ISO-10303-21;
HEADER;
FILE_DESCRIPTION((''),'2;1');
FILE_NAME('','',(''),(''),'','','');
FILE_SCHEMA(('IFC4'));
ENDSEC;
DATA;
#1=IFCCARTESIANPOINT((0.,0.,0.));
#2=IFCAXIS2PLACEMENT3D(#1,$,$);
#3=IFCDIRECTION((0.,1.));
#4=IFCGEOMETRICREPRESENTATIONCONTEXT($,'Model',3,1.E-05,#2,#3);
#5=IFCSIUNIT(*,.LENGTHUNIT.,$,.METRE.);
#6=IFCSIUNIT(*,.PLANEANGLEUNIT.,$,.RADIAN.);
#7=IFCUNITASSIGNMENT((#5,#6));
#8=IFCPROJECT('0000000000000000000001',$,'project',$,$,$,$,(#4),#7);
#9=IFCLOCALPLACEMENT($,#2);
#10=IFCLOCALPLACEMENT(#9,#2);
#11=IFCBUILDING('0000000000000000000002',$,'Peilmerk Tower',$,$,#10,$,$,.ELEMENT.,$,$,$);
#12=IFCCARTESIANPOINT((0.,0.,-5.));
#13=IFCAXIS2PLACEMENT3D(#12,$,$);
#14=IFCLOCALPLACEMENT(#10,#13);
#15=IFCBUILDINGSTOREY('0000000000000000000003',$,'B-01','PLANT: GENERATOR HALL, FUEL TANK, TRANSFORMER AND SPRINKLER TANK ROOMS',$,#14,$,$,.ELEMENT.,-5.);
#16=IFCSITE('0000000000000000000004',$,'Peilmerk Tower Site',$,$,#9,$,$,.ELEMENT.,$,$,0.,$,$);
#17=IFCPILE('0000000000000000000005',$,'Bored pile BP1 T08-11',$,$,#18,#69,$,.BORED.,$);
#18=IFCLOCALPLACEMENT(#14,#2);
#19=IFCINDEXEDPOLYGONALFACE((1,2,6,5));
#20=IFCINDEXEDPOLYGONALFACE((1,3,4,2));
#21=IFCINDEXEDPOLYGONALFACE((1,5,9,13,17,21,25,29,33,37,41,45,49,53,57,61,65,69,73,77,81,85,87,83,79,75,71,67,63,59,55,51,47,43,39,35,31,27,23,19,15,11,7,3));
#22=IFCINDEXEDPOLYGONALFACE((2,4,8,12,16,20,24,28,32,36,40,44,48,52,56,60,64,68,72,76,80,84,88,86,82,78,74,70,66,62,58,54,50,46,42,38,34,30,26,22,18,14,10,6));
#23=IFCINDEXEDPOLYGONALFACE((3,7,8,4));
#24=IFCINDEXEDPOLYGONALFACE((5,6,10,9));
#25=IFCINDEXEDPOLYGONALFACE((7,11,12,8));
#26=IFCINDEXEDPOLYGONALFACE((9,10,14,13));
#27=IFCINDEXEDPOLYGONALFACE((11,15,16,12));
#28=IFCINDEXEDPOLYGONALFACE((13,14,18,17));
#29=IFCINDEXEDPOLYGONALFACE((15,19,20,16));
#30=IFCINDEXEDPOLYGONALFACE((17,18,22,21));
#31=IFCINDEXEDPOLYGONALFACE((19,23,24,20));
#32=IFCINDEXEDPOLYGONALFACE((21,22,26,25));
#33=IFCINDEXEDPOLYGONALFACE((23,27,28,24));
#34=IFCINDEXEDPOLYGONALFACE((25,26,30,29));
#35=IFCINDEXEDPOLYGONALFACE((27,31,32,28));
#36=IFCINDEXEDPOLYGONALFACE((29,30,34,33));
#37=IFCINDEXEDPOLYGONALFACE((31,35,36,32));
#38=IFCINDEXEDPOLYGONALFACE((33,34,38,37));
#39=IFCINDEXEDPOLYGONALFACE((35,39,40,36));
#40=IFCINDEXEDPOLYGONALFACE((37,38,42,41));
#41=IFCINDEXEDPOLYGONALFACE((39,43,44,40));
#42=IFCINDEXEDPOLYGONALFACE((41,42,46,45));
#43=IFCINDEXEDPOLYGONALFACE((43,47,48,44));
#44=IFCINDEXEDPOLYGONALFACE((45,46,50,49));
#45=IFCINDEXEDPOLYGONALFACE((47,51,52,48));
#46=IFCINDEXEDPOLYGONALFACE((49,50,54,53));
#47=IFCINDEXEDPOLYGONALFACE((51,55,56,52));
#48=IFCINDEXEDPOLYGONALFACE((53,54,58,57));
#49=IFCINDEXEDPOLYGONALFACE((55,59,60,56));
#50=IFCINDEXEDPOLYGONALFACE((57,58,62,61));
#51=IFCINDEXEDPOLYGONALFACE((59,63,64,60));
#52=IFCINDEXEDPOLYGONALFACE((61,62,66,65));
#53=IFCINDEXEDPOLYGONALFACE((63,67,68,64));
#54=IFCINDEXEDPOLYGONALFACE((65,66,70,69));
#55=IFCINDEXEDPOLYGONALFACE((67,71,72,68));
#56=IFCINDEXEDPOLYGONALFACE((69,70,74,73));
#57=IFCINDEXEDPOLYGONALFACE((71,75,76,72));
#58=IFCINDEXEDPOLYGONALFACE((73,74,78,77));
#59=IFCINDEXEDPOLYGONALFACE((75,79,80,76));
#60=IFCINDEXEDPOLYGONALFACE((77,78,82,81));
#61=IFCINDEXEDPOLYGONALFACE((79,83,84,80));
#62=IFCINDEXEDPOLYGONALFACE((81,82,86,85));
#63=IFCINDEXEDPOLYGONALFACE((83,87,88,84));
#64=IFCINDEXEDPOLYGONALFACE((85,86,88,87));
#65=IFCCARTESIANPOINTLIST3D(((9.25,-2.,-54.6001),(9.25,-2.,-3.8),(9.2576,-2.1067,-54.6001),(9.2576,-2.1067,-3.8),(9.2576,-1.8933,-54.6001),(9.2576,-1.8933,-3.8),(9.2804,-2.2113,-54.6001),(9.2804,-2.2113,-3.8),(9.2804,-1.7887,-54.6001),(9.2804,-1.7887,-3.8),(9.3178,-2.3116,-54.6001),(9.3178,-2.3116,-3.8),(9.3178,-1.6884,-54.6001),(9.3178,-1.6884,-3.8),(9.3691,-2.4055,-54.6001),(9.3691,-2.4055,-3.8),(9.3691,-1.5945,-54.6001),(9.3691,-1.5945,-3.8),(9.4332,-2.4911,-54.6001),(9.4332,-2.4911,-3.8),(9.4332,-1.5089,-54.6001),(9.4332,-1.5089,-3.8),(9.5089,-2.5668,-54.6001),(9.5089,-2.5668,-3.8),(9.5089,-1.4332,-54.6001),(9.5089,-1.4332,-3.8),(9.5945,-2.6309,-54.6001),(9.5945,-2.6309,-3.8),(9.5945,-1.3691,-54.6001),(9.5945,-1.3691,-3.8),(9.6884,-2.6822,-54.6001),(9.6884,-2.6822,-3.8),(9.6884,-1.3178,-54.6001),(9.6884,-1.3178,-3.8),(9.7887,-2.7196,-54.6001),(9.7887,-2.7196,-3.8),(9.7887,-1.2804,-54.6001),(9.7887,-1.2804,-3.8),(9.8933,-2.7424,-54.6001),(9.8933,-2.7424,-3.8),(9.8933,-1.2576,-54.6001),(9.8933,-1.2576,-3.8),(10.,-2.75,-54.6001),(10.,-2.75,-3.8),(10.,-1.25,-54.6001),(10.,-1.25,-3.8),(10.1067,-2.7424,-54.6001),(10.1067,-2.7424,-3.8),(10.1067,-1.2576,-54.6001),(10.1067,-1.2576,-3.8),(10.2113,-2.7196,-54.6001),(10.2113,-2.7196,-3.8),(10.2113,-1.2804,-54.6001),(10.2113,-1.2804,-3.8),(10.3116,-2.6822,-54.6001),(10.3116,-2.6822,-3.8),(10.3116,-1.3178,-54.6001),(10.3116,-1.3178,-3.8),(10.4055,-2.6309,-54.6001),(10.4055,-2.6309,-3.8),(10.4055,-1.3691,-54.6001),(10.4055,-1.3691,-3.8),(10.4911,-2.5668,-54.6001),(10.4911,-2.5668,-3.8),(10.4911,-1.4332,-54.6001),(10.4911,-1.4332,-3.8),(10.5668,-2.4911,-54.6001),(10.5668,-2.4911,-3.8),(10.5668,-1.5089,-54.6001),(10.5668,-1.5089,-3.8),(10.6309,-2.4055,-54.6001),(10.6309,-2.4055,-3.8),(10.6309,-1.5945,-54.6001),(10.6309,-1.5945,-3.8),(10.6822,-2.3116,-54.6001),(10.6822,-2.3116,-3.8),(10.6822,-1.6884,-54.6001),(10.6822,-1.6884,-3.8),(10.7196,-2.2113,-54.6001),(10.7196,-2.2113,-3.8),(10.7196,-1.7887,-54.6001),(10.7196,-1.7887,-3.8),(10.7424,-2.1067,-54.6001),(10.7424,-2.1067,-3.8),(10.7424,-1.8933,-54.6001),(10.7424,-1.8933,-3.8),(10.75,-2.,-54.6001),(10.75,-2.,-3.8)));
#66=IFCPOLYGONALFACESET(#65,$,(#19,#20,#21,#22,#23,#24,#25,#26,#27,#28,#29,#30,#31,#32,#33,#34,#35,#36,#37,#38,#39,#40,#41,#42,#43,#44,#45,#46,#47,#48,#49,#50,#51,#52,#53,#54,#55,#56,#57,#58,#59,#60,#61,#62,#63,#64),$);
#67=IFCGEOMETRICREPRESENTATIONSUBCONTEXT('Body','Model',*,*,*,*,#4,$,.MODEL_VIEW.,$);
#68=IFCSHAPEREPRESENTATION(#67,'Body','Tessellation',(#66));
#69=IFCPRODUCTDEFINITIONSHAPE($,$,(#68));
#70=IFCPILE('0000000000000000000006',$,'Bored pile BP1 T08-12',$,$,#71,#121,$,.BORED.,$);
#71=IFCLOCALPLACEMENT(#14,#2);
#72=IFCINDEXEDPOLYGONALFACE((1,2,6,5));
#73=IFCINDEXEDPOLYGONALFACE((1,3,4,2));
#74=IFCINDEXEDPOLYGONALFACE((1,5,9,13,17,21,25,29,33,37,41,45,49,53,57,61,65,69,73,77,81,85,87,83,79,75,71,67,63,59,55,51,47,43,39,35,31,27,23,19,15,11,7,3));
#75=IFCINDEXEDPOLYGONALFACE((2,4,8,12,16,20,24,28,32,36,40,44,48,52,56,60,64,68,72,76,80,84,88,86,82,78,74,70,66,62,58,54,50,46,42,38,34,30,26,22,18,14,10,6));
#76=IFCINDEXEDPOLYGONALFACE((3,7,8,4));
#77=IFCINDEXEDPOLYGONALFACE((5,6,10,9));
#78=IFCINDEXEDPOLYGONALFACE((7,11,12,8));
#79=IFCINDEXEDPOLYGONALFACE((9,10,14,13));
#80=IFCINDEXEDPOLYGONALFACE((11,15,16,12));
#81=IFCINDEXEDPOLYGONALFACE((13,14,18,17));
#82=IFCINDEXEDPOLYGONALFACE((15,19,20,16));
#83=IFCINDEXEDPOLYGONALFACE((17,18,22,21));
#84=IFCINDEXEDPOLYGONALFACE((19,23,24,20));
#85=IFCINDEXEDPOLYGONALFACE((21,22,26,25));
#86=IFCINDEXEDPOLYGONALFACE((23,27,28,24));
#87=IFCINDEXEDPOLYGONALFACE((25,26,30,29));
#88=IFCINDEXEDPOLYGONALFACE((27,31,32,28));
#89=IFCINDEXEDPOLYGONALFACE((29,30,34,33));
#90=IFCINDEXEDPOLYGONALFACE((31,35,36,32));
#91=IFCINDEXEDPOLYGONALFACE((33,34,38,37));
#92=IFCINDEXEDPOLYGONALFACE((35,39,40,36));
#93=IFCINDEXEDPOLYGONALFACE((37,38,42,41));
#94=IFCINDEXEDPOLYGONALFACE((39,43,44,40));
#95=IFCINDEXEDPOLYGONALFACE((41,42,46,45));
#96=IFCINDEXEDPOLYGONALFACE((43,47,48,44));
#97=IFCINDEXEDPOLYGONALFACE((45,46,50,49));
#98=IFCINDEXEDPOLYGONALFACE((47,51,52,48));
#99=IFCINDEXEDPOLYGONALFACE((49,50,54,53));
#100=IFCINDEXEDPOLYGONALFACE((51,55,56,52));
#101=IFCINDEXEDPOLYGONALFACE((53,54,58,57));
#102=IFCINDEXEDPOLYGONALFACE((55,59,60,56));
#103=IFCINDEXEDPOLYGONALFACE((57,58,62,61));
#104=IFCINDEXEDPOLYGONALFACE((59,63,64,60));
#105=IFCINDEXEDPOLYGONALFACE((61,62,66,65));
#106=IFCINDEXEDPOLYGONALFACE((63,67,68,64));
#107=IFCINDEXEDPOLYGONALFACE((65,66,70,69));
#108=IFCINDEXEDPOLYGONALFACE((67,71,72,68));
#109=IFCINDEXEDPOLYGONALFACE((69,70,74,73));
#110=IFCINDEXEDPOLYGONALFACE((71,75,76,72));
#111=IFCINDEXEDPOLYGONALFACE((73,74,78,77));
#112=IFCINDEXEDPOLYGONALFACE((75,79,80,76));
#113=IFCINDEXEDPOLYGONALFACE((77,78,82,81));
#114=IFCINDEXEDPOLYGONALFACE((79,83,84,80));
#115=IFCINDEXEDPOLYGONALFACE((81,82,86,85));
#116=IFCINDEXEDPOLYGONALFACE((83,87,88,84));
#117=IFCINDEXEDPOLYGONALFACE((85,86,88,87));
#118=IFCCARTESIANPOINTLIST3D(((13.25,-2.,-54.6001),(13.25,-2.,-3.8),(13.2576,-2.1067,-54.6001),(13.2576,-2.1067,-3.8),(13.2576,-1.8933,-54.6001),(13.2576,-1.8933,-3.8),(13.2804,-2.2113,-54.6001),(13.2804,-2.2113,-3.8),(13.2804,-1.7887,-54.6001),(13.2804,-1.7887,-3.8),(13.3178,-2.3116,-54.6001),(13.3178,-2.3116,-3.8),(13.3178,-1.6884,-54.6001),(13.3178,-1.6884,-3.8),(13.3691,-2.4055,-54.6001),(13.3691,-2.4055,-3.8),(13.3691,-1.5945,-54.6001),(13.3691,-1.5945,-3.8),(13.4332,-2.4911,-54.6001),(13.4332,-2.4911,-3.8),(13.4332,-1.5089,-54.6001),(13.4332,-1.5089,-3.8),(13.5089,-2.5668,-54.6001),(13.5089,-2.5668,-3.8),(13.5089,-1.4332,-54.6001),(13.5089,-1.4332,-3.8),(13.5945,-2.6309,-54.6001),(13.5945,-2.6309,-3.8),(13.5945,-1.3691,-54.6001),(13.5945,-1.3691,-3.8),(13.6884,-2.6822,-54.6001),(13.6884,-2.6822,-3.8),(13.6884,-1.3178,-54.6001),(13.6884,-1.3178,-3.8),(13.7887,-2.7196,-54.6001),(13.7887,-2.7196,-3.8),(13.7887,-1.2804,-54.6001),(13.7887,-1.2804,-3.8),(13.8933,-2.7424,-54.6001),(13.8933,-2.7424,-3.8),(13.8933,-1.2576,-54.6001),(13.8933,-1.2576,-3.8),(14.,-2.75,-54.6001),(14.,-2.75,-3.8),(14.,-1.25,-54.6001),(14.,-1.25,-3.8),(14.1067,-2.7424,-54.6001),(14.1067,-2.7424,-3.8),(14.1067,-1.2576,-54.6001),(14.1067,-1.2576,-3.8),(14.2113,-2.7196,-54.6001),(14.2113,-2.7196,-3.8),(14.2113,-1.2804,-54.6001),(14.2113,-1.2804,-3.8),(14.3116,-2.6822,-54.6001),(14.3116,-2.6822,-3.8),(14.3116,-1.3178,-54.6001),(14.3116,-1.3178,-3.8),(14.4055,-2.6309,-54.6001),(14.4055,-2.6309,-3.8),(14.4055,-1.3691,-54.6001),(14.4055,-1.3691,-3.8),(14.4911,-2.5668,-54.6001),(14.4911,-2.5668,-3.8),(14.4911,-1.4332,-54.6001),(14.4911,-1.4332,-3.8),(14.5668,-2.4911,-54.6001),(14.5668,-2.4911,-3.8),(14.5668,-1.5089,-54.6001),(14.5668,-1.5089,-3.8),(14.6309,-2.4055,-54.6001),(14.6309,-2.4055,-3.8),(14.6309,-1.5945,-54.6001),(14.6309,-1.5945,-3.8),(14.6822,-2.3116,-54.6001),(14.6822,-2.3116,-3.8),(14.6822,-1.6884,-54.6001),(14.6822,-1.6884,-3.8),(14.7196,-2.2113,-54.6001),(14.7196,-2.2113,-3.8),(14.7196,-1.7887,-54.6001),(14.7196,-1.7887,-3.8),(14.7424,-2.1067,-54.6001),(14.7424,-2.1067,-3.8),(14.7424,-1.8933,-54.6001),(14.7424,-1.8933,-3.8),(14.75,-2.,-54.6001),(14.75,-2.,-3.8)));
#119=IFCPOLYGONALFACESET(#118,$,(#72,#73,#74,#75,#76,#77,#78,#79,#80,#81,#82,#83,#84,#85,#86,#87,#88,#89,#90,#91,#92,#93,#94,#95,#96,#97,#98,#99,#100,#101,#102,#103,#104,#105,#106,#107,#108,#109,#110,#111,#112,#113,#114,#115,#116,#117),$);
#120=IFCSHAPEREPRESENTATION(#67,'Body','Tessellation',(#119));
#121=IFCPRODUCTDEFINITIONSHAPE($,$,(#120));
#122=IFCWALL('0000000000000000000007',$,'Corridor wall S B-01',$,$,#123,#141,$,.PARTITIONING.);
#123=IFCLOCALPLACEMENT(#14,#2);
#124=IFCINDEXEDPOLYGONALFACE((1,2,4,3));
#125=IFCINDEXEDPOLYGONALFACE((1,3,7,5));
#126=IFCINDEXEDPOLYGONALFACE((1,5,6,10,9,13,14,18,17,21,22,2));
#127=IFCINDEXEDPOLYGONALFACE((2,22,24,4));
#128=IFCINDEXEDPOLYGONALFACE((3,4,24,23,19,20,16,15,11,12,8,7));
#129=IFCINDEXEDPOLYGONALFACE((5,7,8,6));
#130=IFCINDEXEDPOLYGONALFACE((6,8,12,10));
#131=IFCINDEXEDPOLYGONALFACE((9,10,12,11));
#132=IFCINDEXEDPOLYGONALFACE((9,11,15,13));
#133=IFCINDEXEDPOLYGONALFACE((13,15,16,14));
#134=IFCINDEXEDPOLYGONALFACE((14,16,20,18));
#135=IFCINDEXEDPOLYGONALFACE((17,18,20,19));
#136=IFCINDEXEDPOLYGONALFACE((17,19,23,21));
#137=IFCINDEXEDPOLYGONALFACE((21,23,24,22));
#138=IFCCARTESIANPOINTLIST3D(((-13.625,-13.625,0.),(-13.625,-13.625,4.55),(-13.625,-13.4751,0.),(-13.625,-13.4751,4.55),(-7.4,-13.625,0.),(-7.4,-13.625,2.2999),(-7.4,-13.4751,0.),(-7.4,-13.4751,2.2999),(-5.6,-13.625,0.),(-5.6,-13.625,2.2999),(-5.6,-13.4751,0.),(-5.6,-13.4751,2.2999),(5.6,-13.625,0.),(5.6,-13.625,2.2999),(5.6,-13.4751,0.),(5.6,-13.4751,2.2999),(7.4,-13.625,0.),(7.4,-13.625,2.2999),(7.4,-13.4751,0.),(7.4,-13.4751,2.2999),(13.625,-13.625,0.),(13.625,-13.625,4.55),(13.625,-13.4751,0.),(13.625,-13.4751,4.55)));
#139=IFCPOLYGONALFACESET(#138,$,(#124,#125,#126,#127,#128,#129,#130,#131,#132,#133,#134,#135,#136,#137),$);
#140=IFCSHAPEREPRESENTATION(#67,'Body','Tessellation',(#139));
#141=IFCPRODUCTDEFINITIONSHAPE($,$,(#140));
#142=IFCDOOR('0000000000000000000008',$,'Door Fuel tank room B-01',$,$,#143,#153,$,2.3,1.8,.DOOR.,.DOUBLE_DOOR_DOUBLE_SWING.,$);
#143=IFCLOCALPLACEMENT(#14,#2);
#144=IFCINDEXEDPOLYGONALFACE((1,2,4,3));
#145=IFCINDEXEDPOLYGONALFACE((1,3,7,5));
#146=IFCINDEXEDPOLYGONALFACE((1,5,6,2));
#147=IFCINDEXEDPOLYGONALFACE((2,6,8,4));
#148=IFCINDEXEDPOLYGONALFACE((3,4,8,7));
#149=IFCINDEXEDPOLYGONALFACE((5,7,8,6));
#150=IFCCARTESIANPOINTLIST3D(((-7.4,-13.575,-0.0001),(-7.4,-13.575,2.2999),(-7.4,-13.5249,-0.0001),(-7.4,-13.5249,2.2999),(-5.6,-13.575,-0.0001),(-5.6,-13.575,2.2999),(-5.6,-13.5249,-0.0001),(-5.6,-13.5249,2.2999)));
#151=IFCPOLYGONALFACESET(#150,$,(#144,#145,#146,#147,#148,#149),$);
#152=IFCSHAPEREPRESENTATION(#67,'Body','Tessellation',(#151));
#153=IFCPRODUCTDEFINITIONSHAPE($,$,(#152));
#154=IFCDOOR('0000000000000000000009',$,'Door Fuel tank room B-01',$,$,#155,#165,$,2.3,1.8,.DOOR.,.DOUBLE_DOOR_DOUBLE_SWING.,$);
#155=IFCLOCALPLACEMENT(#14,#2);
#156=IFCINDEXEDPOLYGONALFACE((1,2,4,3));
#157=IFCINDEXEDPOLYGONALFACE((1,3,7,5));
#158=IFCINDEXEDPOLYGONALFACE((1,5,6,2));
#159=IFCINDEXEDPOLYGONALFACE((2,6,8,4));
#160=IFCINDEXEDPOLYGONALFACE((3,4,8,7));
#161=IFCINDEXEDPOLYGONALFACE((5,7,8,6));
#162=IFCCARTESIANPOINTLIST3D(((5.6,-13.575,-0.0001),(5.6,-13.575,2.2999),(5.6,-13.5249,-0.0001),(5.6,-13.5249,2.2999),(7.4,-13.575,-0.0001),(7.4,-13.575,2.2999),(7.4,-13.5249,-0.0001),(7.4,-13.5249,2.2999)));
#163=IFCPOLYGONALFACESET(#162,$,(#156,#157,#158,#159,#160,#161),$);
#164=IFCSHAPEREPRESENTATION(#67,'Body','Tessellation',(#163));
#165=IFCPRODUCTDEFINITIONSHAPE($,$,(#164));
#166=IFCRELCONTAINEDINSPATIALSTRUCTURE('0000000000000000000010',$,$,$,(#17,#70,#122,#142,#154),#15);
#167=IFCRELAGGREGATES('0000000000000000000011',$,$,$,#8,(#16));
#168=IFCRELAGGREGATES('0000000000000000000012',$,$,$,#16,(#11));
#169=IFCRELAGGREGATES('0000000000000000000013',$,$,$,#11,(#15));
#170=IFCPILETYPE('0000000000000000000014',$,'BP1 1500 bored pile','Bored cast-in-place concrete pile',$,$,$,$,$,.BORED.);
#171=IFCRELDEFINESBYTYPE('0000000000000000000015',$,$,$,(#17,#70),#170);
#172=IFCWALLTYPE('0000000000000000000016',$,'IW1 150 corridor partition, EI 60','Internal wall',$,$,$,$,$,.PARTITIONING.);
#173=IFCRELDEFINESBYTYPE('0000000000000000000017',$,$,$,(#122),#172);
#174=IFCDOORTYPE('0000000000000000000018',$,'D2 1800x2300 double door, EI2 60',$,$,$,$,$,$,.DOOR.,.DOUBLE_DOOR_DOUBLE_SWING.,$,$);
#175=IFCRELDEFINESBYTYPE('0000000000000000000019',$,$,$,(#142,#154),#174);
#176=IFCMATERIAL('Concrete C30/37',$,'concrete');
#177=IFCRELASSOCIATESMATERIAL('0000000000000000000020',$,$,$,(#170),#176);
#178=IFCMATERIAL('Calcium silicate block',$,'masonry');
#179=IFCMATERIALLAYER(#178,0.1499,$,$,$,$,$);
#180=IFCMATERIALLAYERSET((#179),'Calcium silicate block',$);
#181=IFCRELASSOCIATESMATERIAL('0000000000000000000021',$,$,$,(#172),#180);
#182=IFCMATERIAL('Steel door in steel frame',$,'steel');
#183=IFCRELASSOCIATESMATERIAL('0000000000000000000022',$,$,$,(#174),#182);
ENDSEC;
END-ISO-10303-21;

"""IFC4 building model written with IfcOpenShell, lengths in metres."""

from ifc_helpers import new_model, si_unit, direction, frame, frame_2d, origin, origin_2d, place, context, subcontext, project, spatial, rectangle, circle, extrude, material, layer, layer_set, material_profile, profile_set, type_object, element, fill, save


model = new_model("IFC4")

# Units and contexts
model_context = context("Model", 3, precision=1e-05, world=origin(), true_north=direction((0.0, 1.0)))
body_context = subcontext(model_context, "Body", "Model", "MODEL_VIEW")
ifc_project = project(units=[si_unit("LENGTHUNIT", "METRE"), si_unit("PLANEANGLEUNIT", "RADIAN")], contexts=[model_context])

# Site, building, storey
site_placement = place(None, origin())
site = spatial("IfcSite", under=ifc_project, at=site_placement, Name="Peilmerk Tower Site", CompositionType="ELEMENT", RefElevation=0.0)
building_placement = place(site_placement, origin())
building = spatial("IfcBuilding", under=site, at=building_placement, Name="Peilmerk Tower", CompositionType="ELEMENT")
storey_placement = place(building_placement, frame((0.0, 0.0, -5.0)))
storey = spatial("IfcBuildingStorey", under=building, at=storey_placement, Name="B-01", Description="PLANT: GENERATOR HALL, FUEL TANK, TRANSFORMER AND SPRINKLER TANK ROOMS", CompositionType="ELEMENT", Elevation=-5.0)

# Piles
ifc_material_1 = material(Name="Concrete C30/37", Category="concrete")
ifc_material_profile = material_profile(ifc_material_1, circle(Radius=0.75, at=origin_2d()), Name="BP 1500")
ifc_profile_set = profile_set([ifc_material_profile], Name="Concrete C30/37")
pile_type = type_object("IfcPileType", Name="BP1 1500 bored pile", Description="Bored cast-in-place concrete pile", PredefinedType="BORED", material=ifc_profile_set)
for number, where, z_axis, x_axis, name in (
    (1, (10.0, -2.0, -3.8), (0.0, 0.0, -1.0), (1.0, 0.0, 0.0), "Bored pile BP1 T08-11"),
    (2, (14.0, -2.0, -3.8), (0.0, 0.0, -1.0), (1.0, 0.0, 0.0), "Bored pile BP1 T08-12"),
):
    element("IfcPile", number, at=place(storey_placement, frame(where, z_axis=z_axis, x_axis=x_axis)), inside=storey, type_object=pile_type, Name=name, PredefinedType="BORED", context=body_context, shape_type="SweptSolid", body=[
        extrude(circle(Radius=0.75, at=origin_2d()), origin(), (0.0, 0.0, 1.0), 50.8),
    ])

# Wall, openings, doors
ifc_material_2 = material(Name="Calcium silicate block", Category="masonry")
ifc_layer_1 = layer(ifc_material_2, 0.1499)
ifc_layer_set_1 = layer_set([ifc_layer_1], Name="Calcium silicate block")
wall_type_1 = type_object("IfcWallType", Name="IW1 150 corridor partition, EI 60", Description="Internal wall", PredefinedType="PARTITIONING", material=ifc_layer_set_1)
wall_1_placement = place(storey_placement, frame((13.625, -13.55, 0.0), z_axis=(0.0, 0.0, 1.0), x_axis=(-1.0, 0.0, 0.0)))
wall_1 = element("IfcWall", 3, at=wall_1_placement, inside=storey, type_object=wall_type_1, Name="Corridor wall S B-01", PredefinedType="PARTITIONING", context=body_context, shape_type="SweptSolid", body=[
    extrude(rectangle(XDim=27.25, YDim=0.1499, at=frame_2d((13.625, 0.0))), origin(), (0.0, 0.0, 1.0), 4.55),
])
opening_1_placement = place(wall_1_placement, frame((19.2251, 0.0, 0.0)))
opening_1 = element("IfcOpeningElement", 4, at=opening_1_placement, cuts=wall_1, PredefinedType="OPENING", context=body_context, shape_type="SweptSolid", body=[
    extrude(rectangle(XDim=1.8, YDim=2.3, at=frame_2d((0.8999, 1.1499))), frame((0.0, 0.085, 0.0), z_axis=(0.0, -1.0, 0.0), x_axis=(1.0, 0.0, 0.0)), (0.0, 0.0, 1.0), 0.1699),
])
opening_2_placement = place(wall_1_placement, frame((6.2251, 0.0, 0.0)))
opening_2 = element("IfcOpeningElement", 5, at=opening_2_placement, cuts=wall_1, PredefinedType="OPENING", context=body_context, shape_type="SweptSolid", body=[
    extrude(rectangle(XDim=1.8, YDim=2.3, at=frame_2d((0.8999, 1.1499))), frame((0.0, 0.085, 0.0), z_axis=(0.0, -1.0, 0.0), x_axis=(1.0, 0.0, 0.0)), (0.0, 0.0, 1.0), 0.1699),
])
ifc_material_3 = material(Name="Steel door in steel frame", Category="steel")
door_type_1 = type_object("IfcDoorType", Name="D2 1800x2300 double door, EI2 60", OperationType="DOUBLE_DOOR_DOUBLE_SWING", PredefinedType="DOOR", material=ifc_material_3)
door_1_placement = place(opening_1_placement, origin())
door_1 = element("IfcDoor", 6, at=door_1_placement, inside=storey, type_object=door_type_1, Name="Door Fuel tank room B-01", OperationType="DOUBLE_DOOR_DOUBLE_SWING", OverallHeight=2.3, OverallWidth=1.8, PredefinedType="DOOR", context=body_context, shape_type="SweptSolid", body=[
    extrude(rectangle(XDim=1.8, YDim=2.3, at=frame_2d((0.8999, 1.1499))), frame((0.0, 0.0249, 0.0), z_axis=(0.0, -1.0, 0.0), x_axis=(1.0, 0.0, 0.0)), (0.0, 0.0, 1.0), 0.05),
])
fill(opening_1, door_1)
door_2_placement = place(opening_2_placement, origin())
door_2 = element("IfcDoor", 7, at=door_2_placement, inside=storey, type_object=door_type_1, Name="Door Fuel tank room B-01", OperationType="DOUBLE_DOOR_DOUBLE_SWING", OverallHeight=2.3, OverallWidth=1.8, PredefinedType="DOOR", context=body_context, shape_type="SweptSolid", body=[
    extrude(rectangle(XDim=1.8, YDim=2.3, at=frame_2d((0.8999, 1.1499))), frame((0.0, 0.0249, 0.0), z_axis=(0.0, -1.0, 0.0), x_axis=(1.0, 0.0, 0.0)), (0.0, 0.0, 1.0), 0.05),
])
fill(opening_2, door_2)

save(model, "model.ifc")
